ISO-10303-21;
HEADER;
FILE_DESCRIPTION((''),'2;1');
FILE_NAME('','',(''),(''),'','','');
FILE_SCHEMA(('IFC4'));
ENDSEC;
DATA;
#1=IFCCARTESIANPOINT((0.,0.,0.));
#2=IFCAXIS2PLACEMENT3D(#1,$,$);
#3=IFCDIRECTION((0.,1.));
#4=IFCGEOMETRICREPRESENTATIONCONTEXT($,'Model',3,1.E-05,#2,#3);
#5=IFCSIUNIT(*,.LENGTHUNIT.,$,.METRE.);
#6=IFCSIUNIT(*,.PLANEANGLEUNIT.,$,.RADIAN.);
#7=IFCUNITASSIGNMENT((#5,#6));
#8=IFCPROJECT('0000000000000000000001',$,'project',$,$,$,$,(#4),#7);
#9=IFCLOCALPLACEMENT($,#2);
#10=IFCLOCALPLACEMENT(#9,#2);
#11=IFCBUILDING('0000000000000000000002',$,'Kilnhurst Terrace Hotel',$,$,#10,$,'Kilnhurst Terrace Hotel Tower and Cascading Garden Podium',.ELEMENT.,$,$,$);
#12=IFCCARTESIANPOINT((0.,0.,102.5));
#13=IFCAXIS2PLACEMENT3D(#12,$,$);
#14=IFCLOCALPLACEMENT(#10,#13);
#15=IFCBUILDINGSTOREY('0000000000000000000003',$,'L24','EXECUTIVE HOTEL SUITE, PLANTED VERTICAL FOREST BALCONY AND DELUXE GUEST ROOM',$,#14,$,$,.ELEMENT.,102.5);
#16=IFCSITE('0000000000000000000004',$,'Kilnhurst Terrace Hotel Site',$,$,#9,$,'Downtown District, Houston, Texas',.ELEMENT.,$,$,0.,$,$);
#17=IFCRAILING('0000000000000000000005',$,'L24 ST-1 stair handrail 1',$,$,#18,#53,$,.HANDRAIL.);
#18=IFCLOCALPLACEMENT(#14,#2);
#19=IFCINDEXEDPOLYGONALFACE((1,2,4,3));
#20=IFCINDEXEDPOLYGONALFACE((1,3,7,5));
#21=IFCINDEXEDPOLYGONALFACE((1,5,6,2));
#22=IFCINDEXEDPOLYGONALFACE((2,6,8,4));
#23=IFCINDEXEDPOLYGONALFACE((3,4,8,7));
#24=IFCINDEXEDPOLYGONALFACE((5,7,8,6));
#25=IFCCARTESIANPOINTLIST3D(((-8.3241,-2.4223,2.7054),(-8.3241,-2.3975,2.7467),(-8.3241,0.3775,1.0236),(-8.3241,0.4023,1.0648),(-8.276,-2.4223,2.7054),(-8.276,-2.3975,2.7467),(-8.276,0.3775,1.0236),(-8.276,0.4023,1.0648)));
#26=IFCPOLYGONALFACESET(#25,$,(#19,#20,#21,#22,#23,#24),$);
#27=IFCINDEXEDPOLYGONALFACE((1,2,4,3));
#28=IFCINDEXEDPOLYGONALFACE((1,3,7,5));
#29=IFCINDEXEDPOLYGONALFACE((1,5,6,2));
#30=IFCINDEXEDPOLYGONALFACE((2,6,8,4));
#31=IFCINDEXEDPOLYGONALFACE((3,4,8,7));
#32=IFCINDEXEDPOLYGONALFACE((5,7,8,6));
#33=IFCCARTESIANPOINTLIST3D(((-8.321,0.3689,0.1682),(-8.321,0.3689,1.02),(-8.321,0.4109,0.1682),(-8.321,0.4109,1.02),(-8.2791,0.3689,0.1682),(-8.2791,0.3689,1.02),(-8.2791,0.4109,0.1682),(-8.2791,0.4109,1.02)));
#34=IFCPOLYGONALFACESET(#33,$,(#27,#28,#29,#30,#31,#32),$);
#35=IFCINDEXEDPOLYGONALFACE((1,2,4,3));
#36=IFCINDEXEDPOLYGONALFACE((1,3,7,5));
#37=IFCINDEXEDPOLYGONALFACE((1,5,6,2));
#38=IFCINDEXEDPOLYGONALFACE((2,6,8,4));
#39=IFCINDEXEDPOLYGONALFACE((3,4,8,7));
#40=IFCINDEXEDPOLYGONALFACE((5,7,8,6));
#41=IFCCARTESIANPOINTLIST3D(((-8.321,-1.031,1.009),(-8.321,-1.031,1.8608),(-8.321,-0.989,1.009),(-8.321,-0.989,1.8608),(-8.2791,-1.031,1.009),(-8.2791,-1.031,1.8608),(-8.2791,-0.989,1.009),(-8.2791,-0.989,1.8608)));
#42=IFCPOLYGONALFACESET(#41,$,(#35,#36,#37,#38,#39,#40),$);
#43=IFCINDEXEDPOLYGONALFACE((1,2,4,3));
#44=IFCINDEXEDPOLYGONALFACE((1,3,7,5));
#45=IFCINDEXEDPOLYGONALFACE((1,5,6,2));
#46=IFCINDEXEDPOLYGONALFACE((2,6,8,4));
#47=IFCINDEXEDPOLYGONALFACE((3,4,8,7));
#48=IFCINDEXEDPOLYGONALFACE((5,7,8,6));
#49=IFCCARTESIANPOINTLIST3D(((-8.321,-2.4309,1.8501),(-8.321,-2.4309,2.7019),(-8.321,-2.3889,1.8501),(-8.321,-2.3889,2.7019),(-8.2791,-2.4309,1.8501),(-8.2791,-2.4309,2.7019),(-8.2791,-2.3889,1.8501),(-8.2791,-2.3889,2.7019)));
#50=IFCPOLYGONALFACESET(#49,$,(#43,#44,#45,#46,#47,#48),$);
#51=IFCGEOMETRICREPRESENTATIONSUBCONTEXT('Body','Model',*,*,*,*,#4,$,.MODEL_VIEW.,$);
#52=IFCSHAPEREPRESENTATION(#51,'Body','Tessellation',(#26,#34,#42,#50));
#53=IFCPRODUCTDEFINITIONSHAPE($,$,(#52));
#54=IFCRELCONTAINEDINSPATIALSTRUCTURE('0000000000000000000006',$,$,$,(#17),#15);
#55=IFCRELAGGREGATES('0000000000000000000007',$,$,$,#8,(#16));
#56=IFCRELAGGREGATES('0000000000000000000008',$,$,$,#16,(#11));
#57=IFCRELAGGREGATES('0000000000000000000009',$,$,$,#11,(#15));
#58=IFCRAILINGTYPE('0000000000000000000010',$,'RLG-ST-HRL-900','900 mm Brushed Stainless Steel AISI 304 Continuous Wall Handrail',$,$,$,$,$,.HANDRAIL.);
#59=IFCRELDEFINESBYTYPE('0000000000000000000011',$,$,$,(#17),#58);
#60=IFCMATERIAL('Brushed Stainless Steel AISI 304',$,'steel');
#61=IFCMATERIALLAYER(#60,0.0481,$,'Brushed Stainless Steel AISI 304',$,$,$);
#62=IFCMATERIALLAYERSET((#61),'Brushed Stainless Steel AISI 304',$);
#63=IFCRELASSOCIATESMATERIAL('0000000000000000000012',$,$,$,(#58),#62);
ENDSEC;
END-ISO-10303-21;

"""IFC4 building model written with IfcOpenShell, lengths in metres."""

from ifc_helpers import new_model, si_unit, direction, frame, origin, origin_2d, place, context, subcontext, project, spatial, rectangle, extrude, material, layer, layer_set, type_object, element, save


model = new_model("IFC4")

# Units and contexts
model_context = context("Model", 3, precision=1e-05, world=origin(), true_north=direction((0.0, 1.0)))
body_context = subcontext(model_context, "Body", "Model", "MODEL_VIEW")
ifc_project = project(units=[si_unit("LENGTHUNIT", "METRE"), si_unit("PLANEANGLEUNIT", "RADIAN")], contexts=[model_context])

# Site, building, storey
site_placement = place(None, origin())
site = spatial("IfcSite", under=ifc_project, at=site_placement, Name="Kilnhurst Terrace Hotel Site", LongName="Downtown District, Houston, Texas", CompositionType="ELEMENT", RefElevation=0.0)
building_placement = place(site_placement, origin())
building = spatial("IfcBuilding", under=site, at=building_placement, Name="Kilnhurst Terrace Hotel", LongName="Kilnhurst Terrace Hotel Tower and Cascading Garden Podium", CompositionType="ELEMENT")
storey_placement = place(building_placement, frame((0.0, 0.0, 102.5)))
storey = spatial("IfcBuildingStorey", under=building, at=storey_placement, Name="L24", Description="EXECUTIVE HOTEL SUITE, PLANTED VERTICAL FOREST BALCONY AND DELUXE GUEST ROOM", CompositionType="ELEMENT", Elevation=102.5)

# Railing
ifc_material_1 = material(Name="Brushed Stainless Steel AISI 304", Category="steel")
ifc_layer_1 = layer(ifc_material_1, 0.0481, Name="Brushed Stainless Steel AISI 304")
ifc_layer_set_1 = layer_set([ifc_layer_1], Name="Brushed Stainless Steel AISI 304")
railing_type_1 = type_object("IfcRailingType", Name="RLG-ST-HRL-900", Description="900 mm Brushed Stainless Steel AISI 304 Continuous Wall Handrail", PredefinedType="HANDRAIL", material=ifc_layer_set_1)
railing_1_placement = place(storey_placement, frame((-8.3, 0.3899, 0.1682)))
element("IfcRailing", 1, at=railing_1_placement, inside=storey, type_object=railing_type_1, Name="L24 ST-1 stair handrail 1", PredefinedType="HANDRAIL", context=body_context, shape_type="SweptSolid", body=[
    extrude(rectangle(XDim=0.0481, YDim=0.0481, at=origin_2d()), frame((0.0, 0.0, 0.876), z_axis=(0.0, -0.857222, 0.514946), x_axis=(1.0, 0.0, 0.0)), (0.0, 0.0, 1.0), 3.2661),
    extrude(rectangle(XDim=0.042, YDim=0.042, at=origin_2d()), origin(), (0.0, 0.0, 1.0), 0.8518),
    extrude(rectangle(XDim=0.042, YDim=0.042, at=origin_2d()), frame((0.0, -1.3999, 0.8408)), (0.0, 0.0, 1.0), 0.8518),
    extrude(rectangle(XDim=0.042, YDim=0.042, at=origin_2d()), frame((0.0, -2.7998, 1.6819)), (0.0, 0.0, 1.0), 0.8518),
])

save(model, "model.ifc")
